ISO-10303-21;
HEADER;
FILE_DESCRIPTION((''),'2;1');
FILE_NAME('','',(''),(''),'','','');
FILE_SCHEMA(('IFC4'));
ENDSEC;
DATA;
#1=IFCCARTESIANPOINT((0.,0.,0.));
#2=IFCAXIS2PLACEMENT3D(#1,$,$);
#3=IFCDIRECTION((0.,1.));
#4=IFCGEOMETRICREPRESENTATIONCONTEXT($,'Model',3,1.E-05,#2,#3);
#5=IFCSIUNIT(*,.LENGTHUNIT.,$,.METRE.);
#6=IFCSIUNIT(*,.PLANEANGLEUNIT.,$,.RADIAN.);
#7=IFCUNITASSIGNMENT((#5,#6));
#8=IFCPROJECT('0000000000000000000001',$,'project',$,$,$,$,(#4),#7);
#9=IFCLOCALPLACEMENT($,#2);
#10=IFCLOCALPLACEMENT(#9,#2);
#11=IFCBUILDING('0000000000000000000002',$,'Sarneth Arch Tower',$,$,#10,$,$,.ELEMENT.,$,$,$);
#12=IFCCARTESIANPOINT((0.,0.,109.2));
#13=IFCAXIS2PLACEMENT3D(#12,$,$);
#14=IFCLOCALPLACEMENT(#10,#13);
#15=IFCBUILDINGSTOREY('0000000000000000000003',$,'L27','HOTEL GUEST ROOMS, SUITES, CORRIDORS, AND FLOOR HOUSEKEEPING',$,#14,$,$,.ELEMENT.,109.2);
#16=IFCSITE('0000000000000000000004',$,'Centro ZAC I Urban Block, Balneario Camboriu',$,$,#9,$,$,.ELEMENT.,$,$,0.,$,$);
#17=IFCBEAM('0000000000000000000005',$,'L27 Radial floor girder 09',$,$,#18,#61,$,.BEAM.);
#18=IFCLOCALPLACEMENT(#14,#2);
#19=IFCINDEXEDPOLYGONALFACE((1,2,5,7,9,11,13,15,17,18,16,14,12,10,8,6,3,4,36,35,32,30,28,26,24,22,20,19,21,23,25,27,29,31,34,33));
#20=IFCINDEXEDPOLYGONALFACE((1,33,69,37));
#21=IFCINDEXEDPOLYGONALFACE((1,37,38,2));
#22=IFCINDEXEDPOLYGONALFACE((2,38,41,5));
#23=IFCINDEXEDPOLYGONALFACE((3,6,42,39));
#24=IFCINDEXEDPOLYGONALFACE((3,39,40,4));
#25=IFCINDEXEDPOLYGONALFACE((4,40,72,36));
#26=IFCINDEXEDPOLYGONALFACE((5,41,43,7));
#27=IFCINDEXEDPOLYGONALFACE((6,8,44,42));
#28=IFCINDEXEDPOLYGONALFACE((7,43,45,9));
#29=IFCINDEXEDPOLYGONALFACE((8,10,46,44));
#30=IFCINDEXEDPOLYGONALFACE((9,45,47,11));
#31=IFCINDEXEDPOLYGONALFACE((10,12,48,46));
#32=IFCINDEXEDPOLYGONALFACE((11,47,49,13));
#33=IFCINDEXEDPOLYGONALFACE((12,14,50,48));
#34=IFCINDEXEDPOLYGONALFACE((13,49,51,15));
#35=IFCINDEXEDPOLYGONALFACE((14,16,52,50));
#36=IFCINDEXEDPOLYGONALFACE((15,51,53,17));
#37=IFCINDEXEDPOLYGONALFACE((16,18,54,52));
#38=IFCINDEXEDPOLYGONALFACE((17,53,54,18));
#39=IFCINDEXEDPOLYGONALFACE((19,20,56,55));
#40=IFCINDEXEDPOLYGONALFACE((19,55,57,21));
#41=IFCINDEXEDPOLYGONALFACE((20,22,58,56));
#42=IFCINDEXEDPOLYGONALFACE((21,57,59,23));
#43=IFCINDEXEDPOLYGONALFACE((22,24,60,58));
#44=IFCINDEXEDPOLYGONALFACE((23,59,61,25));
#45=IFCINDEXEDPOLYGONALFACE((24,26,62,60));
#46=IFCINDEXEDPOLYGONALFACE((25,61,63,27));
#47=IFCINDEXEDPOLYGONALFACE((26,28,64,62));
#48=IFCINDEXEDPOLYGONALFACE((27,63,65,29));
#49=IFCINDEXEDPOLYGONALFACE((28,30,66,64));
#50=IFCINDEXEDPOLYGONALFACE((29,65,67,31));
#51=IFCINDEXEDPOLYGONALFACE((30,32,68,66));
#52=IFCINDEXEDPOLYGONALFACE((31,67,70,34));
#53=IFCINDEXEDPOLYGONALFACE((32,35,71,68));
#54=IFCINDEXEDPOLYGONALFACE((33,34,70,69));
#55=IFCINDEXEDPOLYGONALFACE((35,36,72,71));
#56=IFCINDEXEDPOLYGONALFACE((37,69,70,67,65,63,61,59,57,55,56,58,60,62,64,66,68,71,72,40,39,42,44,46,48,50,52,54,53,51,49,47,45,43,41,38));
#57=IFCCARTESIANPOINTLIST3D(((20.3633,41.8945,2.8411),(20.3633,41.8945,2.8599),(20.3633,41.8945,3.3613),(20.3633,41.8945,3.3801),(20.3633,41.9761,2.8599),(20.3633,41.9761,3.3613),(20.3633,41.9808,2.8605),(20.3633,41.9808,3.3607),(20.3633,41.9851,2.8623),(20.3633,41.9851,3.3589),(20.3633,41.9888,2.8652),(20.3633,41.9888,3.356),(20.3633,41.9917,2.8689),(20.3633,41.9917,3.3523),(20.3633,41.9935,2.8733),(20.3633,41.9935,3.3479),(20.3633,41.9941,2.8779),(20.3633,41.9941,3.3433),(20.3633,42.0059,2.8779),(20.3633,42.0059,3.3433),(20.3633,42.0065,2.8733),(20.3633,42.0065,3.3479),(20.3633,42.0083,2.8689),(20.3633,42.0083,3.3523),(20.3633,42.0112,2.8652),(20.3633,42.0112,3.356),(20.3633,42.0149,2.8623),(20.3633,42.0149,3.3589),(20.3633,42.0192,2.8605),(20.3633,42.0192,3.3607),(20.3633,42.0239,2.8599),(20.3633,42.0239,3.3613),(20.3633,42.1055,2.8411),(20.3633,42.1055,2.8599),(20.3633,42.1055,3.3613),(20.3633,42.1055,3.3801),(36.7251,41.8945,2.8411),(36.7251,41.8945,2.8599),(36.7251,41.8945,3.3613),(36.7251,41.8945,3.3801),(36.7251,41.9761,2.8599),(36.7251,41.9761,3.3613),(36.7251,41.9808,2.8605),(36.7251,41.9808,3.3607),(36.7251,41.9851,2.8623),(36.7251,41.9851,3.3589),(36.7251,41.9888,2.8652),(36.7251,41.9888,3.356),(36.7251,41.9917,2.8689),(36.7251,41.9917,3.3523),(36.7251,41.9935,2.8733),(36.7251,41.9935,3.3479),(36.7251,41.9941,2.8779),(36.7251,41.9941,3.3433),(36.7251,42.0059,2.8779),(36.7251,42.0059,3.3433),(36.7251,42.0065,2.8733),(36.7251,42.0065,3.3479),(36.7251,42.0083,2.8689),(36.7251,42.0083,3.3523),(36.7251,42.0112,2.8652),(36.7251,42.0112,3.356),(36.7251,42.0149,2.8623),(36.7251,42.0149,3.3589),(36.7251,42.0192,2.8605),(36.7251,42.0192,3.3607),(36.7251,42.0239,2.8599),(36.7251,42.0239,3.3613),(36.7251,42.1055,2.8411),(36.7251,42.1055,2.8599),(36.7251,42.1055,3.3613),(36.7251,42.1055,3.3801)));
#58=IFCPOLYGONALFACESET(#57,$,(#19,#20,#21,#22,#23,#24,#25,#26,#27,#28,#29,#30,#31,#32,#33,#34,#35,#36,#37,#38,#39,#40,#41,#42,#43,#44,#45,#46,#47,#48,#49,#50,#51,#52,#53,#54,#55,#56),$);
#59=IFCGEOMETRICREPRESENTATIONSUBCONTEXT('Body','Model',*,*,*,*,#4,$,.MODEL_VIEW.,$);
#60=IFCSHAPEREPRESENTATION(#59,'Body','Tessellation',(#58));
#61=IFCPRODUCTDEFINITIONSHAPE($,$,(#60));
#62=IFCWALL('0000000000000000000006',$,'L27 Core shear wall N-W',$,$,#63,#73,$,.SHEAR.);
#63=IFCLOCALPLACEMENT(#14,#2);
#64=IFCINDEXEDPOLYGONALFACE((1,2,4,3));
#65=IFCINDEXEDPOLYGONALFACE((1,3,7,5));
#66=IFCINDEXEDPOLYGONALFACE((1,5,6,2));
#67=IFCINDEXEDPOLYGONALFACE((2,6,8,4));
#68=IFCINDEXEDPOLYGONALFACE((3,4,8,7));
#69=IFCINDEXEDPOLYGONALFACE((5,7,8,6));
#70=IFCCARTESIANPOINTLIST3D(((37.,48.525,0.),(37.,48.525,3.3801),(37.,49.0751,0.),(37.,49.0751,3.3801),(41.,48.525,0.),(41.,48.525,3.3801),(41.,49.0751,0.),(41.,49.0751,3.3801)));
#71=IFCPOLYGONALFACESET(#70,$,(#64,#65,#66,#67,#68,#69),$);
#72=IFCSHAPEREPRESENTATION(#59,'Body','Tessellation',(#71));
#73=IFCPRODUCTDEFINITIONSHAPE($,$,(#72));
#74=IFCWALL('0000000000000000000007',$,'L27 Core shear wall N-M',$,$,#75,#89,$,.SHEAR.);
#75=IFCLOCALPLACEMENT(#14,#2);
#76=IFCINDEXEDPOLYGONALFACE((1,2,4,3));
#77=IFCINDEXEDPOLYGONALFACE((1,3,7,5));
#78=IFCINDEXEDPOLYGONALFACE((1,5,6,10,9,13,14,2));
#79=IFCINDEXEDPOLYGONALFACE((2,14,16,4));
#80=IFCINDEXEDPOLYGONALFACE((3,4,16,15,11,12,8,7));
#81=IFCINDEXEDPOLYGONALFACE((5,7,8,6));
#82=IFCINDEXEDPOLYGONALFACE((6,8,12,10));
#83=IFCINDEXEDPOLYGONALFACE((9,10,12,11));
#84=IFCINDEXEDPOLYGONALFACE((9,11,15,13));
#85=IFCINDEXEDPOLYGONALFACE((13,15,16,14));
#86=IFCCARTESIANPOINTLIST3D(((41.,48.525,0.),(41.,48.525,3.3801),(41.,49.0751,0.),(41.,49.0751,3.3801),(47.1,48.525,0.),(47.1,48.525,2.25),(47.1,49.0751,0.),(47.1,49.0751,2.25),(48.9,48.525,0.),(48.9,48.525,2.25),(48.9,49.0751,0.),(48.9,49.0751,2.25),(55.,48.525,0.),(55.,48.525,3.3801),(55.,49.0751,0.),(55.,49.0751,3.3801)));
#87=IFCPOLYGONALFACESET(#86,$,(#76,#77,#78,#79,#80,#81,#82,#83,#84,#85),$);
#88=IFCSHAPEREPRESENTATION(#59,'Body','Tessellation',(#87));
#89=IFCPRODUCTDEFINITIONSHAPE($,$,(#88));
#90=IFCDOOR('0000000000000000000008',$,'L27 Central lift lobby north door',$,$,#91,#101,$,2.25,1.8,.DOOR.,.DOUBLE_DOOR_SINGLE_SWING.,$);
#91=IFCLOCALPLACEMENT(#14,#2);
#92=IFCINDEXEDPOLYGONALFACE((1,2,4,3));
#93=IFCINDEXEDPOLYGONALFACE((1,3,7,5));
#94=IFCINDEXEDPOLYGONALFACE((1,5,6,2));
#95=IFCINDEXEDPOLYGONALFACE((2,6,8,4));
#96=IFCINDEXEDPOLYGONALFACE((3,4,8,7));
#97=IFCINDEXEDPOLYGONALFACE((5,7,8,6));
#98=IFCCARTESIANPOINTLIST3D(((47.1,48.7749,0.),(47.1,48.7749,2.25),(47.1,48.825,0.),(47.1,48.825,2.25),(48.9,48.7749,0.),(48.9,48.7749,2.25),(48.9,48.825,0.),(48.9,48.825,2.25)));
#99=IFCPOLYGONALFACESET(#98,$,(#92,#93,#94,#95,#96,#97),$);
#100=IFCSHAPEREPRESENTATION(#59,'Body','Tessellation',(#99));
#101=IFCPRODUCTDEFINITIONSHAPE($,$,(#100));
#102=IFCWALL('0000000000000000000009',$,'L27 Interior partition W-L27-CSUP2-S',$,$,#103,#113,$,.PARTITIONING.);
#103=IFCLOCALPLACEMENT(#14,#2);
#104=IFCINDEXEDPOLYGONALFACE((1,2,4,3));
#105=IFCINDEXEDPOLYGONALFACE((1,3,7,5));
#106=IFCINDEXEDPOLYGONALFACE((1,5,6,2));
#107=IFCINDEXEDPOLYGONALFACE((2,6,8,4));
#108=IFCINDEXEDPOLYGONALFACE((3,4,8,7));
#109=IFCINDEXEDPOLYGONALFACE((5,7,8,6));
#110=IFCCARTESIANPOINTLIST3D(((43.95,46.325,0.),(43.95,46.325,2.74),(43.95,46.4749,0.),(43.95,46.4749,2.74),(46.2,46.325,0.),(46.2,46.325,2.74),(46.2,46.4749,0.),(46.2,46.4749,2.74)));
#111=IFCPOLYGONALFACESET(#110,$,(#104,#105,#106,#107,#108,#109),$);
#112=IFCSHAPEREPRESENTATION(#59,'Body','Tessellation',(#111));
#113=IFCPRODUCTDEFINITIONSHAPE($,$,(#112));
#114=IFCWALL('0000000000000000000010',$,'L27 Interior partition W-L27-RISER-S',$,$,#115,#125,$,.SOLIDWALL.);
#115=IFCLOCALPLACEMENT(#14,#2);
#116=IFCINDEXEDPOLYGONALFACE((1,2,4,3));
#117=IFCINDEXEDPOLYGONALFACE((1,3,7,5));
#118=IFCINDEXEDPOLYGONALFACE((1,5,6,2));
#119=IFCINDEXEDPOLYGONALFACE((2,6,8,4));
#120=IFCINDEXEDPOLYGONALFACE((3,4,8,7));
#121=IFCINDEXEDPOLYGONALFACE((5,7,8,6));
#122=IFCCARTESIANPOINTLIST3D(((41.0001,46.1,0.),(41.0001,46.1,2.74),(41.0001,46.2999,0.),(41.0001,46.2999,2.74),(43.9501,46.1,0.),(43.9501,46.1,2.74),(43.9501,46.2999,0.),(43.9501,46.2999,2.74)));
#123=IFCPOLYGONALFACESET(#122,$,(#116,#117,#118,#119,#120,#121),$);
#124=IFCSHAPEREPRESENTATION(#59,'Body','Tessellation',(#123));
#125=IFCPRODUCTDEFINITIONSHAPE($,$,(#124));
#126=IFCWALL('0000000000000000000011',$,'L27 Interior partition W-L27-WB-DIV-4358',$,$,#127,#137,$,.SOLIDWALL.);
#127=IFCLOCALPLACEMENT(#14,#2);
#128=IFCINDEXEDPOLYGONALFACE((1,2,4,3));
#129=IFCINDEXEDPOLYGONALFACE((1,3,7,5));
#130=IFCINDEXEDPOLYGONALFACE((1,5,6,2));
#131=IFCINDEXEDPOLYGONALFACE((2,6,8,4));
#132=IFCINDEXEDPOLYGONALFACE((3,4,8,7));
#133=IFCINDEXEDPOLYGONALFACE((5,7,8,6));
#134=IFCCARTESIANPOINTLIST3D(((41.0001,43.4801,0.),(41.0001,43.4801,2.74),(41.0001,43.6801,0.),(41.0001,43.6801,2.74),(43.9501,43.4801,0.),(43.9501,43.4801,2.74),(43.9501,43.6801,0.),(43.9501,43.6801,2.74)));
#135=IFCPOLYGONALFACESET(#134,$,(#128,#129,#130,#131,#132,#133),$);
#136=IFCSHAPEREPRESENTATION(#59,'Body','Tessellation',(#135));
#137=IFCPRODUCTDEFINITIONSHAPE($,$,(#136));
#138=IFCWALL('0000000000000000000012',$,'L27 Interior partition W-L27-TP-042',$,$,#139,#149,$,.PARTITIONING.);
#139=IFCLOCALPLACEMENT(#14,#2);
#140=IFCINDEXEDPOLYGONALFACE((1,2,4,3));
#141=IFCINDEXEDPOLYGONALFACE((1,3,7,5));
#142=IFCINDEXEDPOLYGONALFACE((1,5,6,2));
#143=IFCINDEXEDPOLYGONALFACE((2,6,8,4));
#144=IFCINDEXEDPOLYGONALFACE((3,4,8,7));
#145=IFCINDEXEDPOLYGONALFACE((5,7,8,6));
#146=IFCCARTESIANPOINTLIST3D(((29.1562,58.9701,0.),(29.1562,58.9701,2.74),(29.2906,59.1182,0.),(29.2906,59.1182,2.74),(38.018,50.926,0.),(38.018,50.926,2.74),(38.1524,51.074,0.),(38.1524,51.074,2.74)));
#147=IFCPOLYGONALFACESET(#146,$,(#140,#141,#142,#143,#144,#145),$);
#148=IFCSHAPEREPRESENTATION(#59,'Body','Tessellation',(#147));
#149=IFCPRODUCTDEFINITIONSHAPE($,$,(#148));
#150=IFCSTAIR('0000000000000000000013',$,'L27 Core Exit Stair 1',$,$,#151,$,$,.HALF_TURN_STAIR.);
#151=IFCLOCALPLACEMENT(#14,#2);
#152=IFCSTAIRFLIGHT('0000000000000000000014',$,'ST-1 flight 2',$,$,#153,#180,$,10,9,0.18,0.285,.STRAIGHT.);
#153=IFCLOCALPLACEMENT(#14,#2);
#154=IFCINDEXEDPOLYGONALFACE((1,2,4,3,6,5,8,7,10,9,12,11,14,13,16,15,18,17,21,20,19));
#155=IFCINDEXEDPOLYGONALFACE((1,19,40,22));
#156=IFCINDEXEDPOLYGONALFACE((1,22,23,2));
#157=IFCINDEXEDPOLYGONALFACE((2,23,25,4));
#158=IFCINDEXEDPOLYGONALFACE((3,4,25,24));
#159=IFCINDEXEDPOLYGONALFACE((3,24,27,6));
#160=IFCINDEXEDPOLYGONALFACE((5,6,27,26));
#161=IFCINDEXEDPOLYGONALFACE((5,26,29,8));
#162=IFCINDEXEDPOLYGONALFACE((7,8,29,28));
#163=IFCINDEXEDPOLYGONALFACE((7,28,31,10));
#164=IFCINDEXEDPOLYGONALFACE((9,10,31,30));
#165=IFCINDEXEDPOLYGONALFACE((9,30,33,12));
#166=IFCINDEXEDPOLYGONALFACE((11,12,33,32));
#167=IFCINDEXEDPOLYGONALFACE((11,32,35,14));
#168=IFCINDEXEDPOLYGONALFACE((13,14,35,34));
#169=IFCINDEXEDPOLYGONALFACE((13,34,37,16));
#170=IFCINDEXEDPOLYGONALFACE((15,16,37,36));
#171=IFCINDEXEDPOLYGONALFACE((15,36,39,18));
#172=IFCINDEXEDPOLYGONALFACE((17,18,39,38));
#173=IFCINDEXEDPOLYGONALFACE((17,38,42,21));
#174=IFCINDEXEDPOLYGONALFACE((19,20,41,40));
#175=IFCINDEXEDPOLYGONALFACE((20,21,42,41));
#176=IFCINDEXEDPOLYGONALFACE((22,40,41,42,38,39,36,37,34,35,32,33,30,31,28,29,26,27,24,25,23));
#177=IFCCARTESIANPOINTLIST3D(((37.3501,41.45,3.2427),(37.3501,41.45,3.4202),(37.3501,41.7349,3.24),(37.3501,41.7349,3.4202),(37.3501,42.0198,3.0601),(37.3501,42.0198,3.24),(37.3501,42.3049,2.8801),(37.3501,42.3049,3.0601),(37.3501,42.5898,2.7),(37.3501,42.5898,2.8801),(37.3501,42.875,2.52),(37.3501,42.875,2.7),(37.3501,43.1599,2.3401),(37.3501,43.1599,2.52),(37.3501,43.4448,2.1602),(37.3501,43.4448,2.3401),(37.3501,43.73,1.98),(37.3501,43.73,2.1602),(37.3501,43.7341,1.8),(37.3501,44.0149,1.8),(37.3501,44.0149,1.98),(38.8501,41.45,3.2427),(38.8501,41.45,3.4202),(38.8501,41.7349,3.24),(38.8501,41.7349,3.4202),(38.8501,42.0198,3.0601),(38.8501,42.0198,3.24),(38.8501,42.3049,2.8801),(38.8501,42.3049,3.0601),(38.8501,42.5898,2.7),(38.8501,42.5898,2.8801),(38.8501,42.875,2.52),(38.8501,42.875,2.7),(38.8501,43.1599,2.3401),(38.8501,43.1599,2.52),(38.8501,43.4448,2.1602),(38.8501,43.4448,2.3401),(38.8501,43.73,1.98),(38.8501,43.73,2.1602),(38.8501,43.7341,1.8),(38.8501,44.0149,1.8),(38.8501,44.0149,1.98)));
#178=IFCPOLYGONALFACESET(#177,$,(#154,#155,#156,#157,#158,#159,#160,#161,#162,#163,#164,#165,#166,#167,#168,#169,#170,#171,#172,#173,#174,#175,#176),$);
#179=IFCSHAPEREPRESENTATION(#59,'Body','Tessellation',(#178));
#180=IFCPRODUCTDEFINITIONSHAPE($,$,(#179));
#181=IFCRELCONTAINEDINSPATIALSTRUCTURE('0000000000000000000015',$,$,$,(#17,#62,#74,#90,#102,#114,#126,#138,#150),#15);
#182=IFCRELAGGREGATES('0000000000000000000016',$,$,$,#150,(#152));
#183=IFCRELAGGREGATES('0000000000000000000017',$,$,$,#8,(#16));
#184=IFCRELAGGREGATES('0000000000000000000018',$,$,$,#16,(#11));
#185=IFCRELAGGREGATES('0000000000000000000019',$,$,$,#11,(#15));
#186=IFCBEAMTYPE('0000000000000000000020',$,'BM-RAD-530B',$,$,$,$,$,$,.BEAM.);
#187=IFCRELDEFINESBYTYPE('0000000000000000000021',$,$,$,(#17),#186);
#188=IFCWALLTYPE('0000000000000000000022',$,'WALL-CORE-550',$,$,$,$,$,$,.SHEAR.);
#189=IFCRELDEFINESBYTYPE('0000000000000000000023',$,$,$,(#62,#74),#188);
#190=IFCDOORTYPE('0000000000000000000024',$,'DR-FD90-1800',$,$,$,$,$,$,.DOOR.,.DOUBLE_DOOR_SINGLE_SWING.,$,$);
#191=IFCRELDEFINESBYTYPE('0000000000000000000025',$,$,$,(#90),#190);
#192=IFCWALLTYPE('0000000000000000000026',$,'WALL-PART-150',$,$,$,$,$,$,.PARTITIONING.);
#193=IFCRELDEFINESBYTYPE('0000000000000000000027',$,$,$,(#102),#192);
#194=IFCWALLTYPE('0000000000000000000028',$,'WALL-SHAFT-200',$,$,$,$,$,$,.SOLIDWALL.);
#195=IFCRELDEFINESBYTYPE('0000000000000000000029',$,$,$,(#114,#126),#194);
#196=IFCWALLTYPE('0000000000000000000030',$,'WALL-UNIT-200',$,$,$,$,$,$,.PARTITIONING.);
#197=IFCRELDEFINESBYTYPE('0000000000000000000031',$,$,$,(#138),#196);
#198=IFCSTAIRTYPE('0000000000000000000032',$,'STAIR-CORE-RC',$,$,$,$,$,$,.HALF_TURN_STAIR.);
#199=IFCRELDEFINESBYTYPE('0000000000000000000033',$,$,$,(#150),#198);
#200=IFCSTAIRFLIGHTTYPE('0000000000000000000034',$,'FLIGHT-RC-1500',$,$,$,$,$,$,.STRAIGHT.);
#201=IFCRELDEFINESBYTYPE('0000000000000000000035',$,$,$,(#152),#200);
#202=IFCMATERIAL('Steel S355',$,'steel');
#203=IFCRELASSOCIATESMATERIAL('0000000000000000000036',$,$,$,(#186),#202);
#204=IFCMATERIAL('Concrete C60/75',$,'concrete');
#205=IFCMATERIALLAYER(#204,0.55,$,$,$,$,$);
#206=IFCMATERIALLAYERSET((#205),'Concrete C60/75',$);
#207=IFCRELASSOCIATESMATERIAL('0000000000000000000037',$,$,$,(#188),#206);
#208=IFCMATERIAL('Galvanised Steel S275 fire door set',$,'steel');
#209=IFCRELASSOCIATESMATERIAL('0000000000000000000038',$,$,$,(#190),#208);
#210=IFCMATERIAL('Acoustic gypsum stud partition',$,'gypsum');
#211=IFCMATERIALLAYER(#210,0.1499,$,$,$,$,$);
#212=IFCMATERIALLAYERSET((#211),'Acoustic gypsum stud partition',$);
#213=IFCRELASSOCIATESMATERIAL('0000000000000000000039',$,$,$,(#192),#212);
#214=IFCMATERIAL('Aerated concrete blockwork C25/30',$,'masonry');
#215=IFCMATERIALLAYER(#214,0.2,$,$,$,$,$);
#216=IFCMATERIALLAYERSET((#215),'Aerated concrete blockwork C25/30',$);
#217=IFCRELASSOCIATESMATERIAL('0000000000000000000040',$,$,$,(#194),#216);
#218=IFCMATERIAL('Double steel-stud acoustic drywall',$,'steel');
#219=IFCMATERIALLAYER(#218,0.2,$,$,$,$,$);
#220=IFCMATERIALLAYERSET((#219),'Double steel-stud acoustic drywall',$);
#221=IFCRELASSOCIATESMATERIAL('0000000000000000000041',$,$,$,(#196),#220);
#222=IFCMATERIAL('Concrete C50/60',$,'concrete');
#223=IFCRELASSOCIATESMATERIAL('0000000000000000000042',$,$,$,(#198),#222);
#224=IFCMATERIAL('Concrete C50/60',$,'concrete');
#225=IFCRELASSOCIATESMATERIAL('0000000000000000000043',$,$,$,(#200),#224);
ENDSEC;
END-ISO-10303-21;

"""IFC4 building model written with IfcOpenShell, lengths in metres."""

from ifc_helpers import new_model, si_unit, direction, frame, frame_2d, origin, origin_2d, place, context, subcontext, project, spatial, polyline, rectangle, i_section, outline, extrude, material, layer, layer_set, material_profile, profile_set, type_object, element, fill, aggregate, save


model = new_model("IFC4")

# Units and contexts
model_context = context("Model", 3, precision=1e-05, world=origin(), true_north=direction((0.0, 1.0)))
body_context = subcontext(model_context, "Body", "Model", "MODEL_VIEW")
ifc_project = project(units=[si_unit("LENGTHUNIT", "METRE"), si_unit("PLANEANGLEUNIT", "RADIAN")], contexts=[model_context])

# Site, building, storey
site_placement = place(None, origin())
site = spatial("IfcSite", under=ifc_project, at=site_placement, Name="Centro ZAC I Urban Block, Balneario Camboriu", CompositionType="ELEMENT", RefElevation=0.0)
building_placement = place(site_placement, origin())
building = spatial("IfcBuilding", under=site, at=building_placement, Name="Sarneth Arch Tower", CompositionType="ELEMENT")
storey_placement = place(building_placement, frame((0.0, 0.0, 109.2)))
storey = spatial("IfcBuildingStorey", under=building, at=storey_placement, Name="L27", Description="HOTEL GUEST ROOMS, SUITES, CORRIDORS, AND FLOOR HOUSEKEEPING", CompositionType="ELEMENT", Elevation=109.2)

# Beam
ifc_material_1 = material(Name="Steel S355", Category="steel")
ifc_material_profile = material_profile(ifc_material_1, i_section(OverallWidth=0.2109, OverallDepth=0.5391, WebThickness=0.0117, FlangeThickness=0.0188, FilletRadius=0.0181, at=origin_2d()), Name="W530x109")
ifc_profile_set = profile_set([ifc_material_profile], Name="Steel S355")
beam_type = type_object("IfcBeamType", Name="BM-RAD-530B", PredefinedType="BEAM", material=ifc_profile_set)
beam_1_placement = place(storey_placement, frame((36.7251, 42.0, 3.1106), z_axis=(-1.0, 0.0, 0.0), x_axis=(0.0, -1.0, 0.0)))
element("IfcBeam", 1, at=beam_1_placement, inside=storey, type_object=beam_type, Name="L27 Radial floor girder 09", PredefinedType="BEAM", context=body_context, shape_type="SweptSolid", body=[
    extrude(i_section(OverallWidth=0.2109, OverallDepth=0.5391, WebThickness=0.0117, FlangeThickness=0.0188, FilletRadius=0.0181, at=origin_2d()), origin(), (0.0, 0.0, 1.0), 16.3618),
])

# Wall
ifc_material_2 = material(Name="Concrete C60/75", Category="concrete")
ifc_layer_1 = layer(ifc_material_2, 0.55)
ifc_layer_set_1 = layer_set([ifc_layer_1], Name="Concrete C60/75")
wall_type_1 = type_object("IfcWallType", Name="WALL-CORE-550", PredefinedType="SHEAR", material=ifc_layer_set_1)
wall_1_placement = place(storey_placement, frame((37.0, 48.8, 0.0), z_axis=(0.0, 0.0, 1.0), x_axis=(1.0, 0.0, 0.0)))
element("IfcWall", 2, at=wall_1_placement, inside=storey, type_object=wall_type_1, Name="L27 Core shear wall N-W", PredefinedType="SHEAR", context=body_context, shape_type="SweptSolid", body=[
    extrude(rectangle(XDim=4.0, YDim=0.55, at=frame_2d((2.0, 0.0))), origin(), (0.0, 0.0, 1.0), 3.3801),
])

# Wall, opening, door
wall_2_placement = place(storey_placement, frame((41.0, 48.8, 0.0), z_axis=(0.0, 0.0, 1.0), x_axis=(1.0, 0.0, 0.0)))
wall_2 = element("IfcWall", 3, at=wall_2_placement, inside=storey, type_object=wall_type_1, Name="L27 Core shear wall N-M", PredefinedType="SHEAR", context=body_context, shape_type="SweptSolid", body=[
    extrude(rectangle(XDim=14.0, YDim=0.55, at=frame_2d((7.0, 0.0))), origin(), (0.0, 0.0, 1.0), 3.3801),
])
opening_1_placement = place(wall_2_placement, frame((6.1001, 0.0, 0.0)))
opening_1 = element("IfcOpeningElement", 4, at=opening_1_placement, cuts=wall_2, PredefinedType="OPENING", context=body_context, shape_type="SweptSolid", body=[
    extrude(rectangle(XDim=1.8, YDim=2.25, at=frame_2d((0.8999, 1.125))), frame((0.0, 0.2849, 0.0), z_axis=(0.0, -1.0, 0.0), x_axis=(1.0, 0.0, 0.0)), (0.0, 0.0, 1.0), 0.5701),
])
ifc_material_3 = material(Name="Galvanised Steel S275 fire door set", Category="steel")
door_type_1 = type_object("IfcDoorType", Name="DR-FD90-1800", OperationType="DOUBLE_DOOR_SINGLE_SWING", PredefinedType="DOOR", material=ifc_material_3)
door_1_placement = place(opening_1_placement, origin())
door_1 = element("IfcDoor", 5, at=door_1_placement, inside=storey, type_object=door_type_1, Name="L27 Central lift lobby north door", OperationType="DOUBLE_DOOR_SINGLE_SWING", OverallHeight=2.25, OverallWidth=1.8, PredefinedType="DOOR", context=body_context, shape_type="SweptSolid", body=[
    extrude(rectangle(XDim=1.8, YDim=2.25, at=frame_2d((0.8999, 1.125))), frame((0.0, 0.0249, 0.0), z_axis=(0.0, -1.0, 0.0), x_axis=(1.0, 0.0, 0.0)), (0.0, 0.0, 1.0), 0.05),
])
fill(opening_1, door_1)

# Wall
ifc_material_4 = material(Name="Acoustic gypsum stud partition", Category="gypsum")
ifc_layer_2 = layer(ifc_material_4, 0.1499)
ifc_layer_set_2 = layer_set([ifc_layer_2], Name="Acoustic gypsum stud partition")
wall_type_2 = type_object("IfcWallType", Name="WALL-PART-150", PredefinedType="PARTITIONING", material=ifc_layer_set_2)
wall_3_placement = place(storey_placement, frame((43.95, 46.3999, 0.0), z_axis=(0.0, 0.0, 1.0), x_axis=(1.0, 0.0, 0.0)))
element("IfcWall", 6, at=wall_3_placement, inside=storey, type_object=wall_type_2, Name="L27 Interior partition W-L27-CSUP2-S", PredefinedType="PARTITIONING", context=body_context, shape_type="SweptSolid", body=[
    extrude(rectangle(XDim=2.25, YDim=0.1499, at=frame_2d((1.125, 0.0))), origin(), (0.0, 0.0, 1.0), 2.74),
])

# Wall
ifc_material_5 = material(Name="Aerated concrete blockwork C25/30", Category="masonry")
ifc_layer_3 = layer(ifc_material_5, 0.2)
ifc_layer_set_3 = layer_set([ifc_layer_3], Name="Aerated concrete blockwork C25/30")
wall_type_3 = type_object("IfcWallType", Name="WALL-SHAFT-200", PredefinedType="SOLIDWALL", material=ifc_layer_set_3)
wall_4_placement = place(storey_placement, frame((41.0, 46.2, 0.0), z_axis=(0.0, 0.0, 1.0), x_axis=(1.0, 0.0, 0.0)))
element("IfcWall", 7, at=wall_4_placement, inside=storey, type_object=wall_type_3, Name="L27 Interior partition W-L27-RISER-S", PredefinedType="SOLIDWALL", context=body_context, shape_type="SweptSolid", body=[
    extrude(rectangle(XDim=2.95, YDim=0.2, at=frame_2d((1.4751, 0.0))), origin(), (0.0, 0.0, 1.0), 2.74),
])

# Walls
wall_5_placement = place(storey_placement, frame((41.0, 43.5801, 0.0), z_axis=(0.0, 0.0, 1.0), x_axis=(1.0, 0.0, 0.0)))
element("IfcWall", 8, at=wall_5_placement, inside=storey, type_object=wall_type_3, Name="L27 Interior partition W-L27-WB-DIV-4358", PredefinedType="SOLIDWALL", context=body_context, shape_type="SweptSolid", body=[
    extrude(rectangle(XDim=2.95, YDim=0.2, at=frame_2d((1.4751, 0.0))), origin(), (0.0, 0.0, 1.0), 2.74),
])
ifc_material_6 = material(Name="Double steel-stud acoustic drywall", Category="steel")
ifc_layer_4 = layer(ifc_material_6, 0.2)
ifc_layer_set_4 = layer_set([ifc_layer_4], Name="Double steel-stud acoustic drywall")
wall_type_4 = type_object("IfcWallType", Name="WALL-UNIT-200", PredefinedType="PARTITIONING", material=ifc_layer_set_4)
wall_6_placement = place(storey_placement, frame((38.0852, 51.0, 0.0), z_axis=(0.0, 0.0, 1.0), x_axis=(-0.740439, 0.672123, 0.0)))
element("IfcWall", 9, at=wall_6_placement, inside=storey, type_object=wall_type_4, Name="L27 Interior partition W-L27-TP-042", PredefinedType="PARTITIONING", context=body_context, shape_type="SweptSolid", body=[
    extrude(rectangle(XDim=11.9683, YDim=0.2, at=frame_2d((5.9841, 0.0))), origin(), (0.0, 0.0, 1.0), 2.74),
])

# Stair, stair flight
ifc_material_7 = material(Name="Concrete C50/60", Category="concrete")
stair_type = type_object("IfcStairType", Name="STAIR-CORE-RC", PredefinedType="HALF_TURN_STAIR", material=ifc_material_7)
stair_placement = place(storey_placement, origin())
stair = element("IfcStair", 10, at=stair_placement, inside=storey, type_object=stair_type, Name="L27 Core Exit Stair 1", PredefinedType="HALF_TURN_STAIR")
ifc_material_8 = material(Name="Concrete C50/60", Category="concrete")
stair_flight_type = type_object("IfcStairFlightType", Name="FLIGHT-RC-1500", PredefinedType="STRAIGHT", material=ifc_material_8)
stair_flight_placement = place(storey_placement, frame((38.1001, 44.0149, 1.8), z_axis=(0.0, 0.0, 1.0), x_axis=(0.0, -1.0, 0.0)))
stair_flight = element("IfcStairFlight", 11, at=stair_flight_placement, type_object=stair_flight_type, Name="ST-1 flight 2", NumberOfRisers=10, NumberOfTreads=9, PredefinedType="STRAIGHT", RiserHeight=0.18, TreadLength=0.285, context=body_context, shape_type="SweptSolid", body=[
    extrude(outline(polyline([(0.0, 0.0), (0.0, 0.1799), (0.2849, 0.1799), (0.2849, 0.3601), (0.5701, 0.3601), (0.5701, 0.54), (0.855, 0.54), (0.855, 0.72), (1.1399, 0.72), (1.1399, 0.8999), (1.425, 0.8999), (1.425, 1.0801), (1.71, 1.0801), (1.71, 1.26), (1.9951, 1.26), (1.9951, 1.4399), (2.28, 1.4399), (2.28, 1.6201), (2.5649, 1.6201), (2.5649, 1.8), (2.5649, 1.4426), (0.2808, 0.0), (0.0, 0.0)])), frame((0.0, 0.75, 0.0), z_axis=(0.0, -1.0, 0.0), x_axis=(1.0, 0.0, 0.0)), (0.0, 0.0, 1.0), 1.5),
])
aggregate(stair, [stair_flight])

save(model, "model.ifc")
